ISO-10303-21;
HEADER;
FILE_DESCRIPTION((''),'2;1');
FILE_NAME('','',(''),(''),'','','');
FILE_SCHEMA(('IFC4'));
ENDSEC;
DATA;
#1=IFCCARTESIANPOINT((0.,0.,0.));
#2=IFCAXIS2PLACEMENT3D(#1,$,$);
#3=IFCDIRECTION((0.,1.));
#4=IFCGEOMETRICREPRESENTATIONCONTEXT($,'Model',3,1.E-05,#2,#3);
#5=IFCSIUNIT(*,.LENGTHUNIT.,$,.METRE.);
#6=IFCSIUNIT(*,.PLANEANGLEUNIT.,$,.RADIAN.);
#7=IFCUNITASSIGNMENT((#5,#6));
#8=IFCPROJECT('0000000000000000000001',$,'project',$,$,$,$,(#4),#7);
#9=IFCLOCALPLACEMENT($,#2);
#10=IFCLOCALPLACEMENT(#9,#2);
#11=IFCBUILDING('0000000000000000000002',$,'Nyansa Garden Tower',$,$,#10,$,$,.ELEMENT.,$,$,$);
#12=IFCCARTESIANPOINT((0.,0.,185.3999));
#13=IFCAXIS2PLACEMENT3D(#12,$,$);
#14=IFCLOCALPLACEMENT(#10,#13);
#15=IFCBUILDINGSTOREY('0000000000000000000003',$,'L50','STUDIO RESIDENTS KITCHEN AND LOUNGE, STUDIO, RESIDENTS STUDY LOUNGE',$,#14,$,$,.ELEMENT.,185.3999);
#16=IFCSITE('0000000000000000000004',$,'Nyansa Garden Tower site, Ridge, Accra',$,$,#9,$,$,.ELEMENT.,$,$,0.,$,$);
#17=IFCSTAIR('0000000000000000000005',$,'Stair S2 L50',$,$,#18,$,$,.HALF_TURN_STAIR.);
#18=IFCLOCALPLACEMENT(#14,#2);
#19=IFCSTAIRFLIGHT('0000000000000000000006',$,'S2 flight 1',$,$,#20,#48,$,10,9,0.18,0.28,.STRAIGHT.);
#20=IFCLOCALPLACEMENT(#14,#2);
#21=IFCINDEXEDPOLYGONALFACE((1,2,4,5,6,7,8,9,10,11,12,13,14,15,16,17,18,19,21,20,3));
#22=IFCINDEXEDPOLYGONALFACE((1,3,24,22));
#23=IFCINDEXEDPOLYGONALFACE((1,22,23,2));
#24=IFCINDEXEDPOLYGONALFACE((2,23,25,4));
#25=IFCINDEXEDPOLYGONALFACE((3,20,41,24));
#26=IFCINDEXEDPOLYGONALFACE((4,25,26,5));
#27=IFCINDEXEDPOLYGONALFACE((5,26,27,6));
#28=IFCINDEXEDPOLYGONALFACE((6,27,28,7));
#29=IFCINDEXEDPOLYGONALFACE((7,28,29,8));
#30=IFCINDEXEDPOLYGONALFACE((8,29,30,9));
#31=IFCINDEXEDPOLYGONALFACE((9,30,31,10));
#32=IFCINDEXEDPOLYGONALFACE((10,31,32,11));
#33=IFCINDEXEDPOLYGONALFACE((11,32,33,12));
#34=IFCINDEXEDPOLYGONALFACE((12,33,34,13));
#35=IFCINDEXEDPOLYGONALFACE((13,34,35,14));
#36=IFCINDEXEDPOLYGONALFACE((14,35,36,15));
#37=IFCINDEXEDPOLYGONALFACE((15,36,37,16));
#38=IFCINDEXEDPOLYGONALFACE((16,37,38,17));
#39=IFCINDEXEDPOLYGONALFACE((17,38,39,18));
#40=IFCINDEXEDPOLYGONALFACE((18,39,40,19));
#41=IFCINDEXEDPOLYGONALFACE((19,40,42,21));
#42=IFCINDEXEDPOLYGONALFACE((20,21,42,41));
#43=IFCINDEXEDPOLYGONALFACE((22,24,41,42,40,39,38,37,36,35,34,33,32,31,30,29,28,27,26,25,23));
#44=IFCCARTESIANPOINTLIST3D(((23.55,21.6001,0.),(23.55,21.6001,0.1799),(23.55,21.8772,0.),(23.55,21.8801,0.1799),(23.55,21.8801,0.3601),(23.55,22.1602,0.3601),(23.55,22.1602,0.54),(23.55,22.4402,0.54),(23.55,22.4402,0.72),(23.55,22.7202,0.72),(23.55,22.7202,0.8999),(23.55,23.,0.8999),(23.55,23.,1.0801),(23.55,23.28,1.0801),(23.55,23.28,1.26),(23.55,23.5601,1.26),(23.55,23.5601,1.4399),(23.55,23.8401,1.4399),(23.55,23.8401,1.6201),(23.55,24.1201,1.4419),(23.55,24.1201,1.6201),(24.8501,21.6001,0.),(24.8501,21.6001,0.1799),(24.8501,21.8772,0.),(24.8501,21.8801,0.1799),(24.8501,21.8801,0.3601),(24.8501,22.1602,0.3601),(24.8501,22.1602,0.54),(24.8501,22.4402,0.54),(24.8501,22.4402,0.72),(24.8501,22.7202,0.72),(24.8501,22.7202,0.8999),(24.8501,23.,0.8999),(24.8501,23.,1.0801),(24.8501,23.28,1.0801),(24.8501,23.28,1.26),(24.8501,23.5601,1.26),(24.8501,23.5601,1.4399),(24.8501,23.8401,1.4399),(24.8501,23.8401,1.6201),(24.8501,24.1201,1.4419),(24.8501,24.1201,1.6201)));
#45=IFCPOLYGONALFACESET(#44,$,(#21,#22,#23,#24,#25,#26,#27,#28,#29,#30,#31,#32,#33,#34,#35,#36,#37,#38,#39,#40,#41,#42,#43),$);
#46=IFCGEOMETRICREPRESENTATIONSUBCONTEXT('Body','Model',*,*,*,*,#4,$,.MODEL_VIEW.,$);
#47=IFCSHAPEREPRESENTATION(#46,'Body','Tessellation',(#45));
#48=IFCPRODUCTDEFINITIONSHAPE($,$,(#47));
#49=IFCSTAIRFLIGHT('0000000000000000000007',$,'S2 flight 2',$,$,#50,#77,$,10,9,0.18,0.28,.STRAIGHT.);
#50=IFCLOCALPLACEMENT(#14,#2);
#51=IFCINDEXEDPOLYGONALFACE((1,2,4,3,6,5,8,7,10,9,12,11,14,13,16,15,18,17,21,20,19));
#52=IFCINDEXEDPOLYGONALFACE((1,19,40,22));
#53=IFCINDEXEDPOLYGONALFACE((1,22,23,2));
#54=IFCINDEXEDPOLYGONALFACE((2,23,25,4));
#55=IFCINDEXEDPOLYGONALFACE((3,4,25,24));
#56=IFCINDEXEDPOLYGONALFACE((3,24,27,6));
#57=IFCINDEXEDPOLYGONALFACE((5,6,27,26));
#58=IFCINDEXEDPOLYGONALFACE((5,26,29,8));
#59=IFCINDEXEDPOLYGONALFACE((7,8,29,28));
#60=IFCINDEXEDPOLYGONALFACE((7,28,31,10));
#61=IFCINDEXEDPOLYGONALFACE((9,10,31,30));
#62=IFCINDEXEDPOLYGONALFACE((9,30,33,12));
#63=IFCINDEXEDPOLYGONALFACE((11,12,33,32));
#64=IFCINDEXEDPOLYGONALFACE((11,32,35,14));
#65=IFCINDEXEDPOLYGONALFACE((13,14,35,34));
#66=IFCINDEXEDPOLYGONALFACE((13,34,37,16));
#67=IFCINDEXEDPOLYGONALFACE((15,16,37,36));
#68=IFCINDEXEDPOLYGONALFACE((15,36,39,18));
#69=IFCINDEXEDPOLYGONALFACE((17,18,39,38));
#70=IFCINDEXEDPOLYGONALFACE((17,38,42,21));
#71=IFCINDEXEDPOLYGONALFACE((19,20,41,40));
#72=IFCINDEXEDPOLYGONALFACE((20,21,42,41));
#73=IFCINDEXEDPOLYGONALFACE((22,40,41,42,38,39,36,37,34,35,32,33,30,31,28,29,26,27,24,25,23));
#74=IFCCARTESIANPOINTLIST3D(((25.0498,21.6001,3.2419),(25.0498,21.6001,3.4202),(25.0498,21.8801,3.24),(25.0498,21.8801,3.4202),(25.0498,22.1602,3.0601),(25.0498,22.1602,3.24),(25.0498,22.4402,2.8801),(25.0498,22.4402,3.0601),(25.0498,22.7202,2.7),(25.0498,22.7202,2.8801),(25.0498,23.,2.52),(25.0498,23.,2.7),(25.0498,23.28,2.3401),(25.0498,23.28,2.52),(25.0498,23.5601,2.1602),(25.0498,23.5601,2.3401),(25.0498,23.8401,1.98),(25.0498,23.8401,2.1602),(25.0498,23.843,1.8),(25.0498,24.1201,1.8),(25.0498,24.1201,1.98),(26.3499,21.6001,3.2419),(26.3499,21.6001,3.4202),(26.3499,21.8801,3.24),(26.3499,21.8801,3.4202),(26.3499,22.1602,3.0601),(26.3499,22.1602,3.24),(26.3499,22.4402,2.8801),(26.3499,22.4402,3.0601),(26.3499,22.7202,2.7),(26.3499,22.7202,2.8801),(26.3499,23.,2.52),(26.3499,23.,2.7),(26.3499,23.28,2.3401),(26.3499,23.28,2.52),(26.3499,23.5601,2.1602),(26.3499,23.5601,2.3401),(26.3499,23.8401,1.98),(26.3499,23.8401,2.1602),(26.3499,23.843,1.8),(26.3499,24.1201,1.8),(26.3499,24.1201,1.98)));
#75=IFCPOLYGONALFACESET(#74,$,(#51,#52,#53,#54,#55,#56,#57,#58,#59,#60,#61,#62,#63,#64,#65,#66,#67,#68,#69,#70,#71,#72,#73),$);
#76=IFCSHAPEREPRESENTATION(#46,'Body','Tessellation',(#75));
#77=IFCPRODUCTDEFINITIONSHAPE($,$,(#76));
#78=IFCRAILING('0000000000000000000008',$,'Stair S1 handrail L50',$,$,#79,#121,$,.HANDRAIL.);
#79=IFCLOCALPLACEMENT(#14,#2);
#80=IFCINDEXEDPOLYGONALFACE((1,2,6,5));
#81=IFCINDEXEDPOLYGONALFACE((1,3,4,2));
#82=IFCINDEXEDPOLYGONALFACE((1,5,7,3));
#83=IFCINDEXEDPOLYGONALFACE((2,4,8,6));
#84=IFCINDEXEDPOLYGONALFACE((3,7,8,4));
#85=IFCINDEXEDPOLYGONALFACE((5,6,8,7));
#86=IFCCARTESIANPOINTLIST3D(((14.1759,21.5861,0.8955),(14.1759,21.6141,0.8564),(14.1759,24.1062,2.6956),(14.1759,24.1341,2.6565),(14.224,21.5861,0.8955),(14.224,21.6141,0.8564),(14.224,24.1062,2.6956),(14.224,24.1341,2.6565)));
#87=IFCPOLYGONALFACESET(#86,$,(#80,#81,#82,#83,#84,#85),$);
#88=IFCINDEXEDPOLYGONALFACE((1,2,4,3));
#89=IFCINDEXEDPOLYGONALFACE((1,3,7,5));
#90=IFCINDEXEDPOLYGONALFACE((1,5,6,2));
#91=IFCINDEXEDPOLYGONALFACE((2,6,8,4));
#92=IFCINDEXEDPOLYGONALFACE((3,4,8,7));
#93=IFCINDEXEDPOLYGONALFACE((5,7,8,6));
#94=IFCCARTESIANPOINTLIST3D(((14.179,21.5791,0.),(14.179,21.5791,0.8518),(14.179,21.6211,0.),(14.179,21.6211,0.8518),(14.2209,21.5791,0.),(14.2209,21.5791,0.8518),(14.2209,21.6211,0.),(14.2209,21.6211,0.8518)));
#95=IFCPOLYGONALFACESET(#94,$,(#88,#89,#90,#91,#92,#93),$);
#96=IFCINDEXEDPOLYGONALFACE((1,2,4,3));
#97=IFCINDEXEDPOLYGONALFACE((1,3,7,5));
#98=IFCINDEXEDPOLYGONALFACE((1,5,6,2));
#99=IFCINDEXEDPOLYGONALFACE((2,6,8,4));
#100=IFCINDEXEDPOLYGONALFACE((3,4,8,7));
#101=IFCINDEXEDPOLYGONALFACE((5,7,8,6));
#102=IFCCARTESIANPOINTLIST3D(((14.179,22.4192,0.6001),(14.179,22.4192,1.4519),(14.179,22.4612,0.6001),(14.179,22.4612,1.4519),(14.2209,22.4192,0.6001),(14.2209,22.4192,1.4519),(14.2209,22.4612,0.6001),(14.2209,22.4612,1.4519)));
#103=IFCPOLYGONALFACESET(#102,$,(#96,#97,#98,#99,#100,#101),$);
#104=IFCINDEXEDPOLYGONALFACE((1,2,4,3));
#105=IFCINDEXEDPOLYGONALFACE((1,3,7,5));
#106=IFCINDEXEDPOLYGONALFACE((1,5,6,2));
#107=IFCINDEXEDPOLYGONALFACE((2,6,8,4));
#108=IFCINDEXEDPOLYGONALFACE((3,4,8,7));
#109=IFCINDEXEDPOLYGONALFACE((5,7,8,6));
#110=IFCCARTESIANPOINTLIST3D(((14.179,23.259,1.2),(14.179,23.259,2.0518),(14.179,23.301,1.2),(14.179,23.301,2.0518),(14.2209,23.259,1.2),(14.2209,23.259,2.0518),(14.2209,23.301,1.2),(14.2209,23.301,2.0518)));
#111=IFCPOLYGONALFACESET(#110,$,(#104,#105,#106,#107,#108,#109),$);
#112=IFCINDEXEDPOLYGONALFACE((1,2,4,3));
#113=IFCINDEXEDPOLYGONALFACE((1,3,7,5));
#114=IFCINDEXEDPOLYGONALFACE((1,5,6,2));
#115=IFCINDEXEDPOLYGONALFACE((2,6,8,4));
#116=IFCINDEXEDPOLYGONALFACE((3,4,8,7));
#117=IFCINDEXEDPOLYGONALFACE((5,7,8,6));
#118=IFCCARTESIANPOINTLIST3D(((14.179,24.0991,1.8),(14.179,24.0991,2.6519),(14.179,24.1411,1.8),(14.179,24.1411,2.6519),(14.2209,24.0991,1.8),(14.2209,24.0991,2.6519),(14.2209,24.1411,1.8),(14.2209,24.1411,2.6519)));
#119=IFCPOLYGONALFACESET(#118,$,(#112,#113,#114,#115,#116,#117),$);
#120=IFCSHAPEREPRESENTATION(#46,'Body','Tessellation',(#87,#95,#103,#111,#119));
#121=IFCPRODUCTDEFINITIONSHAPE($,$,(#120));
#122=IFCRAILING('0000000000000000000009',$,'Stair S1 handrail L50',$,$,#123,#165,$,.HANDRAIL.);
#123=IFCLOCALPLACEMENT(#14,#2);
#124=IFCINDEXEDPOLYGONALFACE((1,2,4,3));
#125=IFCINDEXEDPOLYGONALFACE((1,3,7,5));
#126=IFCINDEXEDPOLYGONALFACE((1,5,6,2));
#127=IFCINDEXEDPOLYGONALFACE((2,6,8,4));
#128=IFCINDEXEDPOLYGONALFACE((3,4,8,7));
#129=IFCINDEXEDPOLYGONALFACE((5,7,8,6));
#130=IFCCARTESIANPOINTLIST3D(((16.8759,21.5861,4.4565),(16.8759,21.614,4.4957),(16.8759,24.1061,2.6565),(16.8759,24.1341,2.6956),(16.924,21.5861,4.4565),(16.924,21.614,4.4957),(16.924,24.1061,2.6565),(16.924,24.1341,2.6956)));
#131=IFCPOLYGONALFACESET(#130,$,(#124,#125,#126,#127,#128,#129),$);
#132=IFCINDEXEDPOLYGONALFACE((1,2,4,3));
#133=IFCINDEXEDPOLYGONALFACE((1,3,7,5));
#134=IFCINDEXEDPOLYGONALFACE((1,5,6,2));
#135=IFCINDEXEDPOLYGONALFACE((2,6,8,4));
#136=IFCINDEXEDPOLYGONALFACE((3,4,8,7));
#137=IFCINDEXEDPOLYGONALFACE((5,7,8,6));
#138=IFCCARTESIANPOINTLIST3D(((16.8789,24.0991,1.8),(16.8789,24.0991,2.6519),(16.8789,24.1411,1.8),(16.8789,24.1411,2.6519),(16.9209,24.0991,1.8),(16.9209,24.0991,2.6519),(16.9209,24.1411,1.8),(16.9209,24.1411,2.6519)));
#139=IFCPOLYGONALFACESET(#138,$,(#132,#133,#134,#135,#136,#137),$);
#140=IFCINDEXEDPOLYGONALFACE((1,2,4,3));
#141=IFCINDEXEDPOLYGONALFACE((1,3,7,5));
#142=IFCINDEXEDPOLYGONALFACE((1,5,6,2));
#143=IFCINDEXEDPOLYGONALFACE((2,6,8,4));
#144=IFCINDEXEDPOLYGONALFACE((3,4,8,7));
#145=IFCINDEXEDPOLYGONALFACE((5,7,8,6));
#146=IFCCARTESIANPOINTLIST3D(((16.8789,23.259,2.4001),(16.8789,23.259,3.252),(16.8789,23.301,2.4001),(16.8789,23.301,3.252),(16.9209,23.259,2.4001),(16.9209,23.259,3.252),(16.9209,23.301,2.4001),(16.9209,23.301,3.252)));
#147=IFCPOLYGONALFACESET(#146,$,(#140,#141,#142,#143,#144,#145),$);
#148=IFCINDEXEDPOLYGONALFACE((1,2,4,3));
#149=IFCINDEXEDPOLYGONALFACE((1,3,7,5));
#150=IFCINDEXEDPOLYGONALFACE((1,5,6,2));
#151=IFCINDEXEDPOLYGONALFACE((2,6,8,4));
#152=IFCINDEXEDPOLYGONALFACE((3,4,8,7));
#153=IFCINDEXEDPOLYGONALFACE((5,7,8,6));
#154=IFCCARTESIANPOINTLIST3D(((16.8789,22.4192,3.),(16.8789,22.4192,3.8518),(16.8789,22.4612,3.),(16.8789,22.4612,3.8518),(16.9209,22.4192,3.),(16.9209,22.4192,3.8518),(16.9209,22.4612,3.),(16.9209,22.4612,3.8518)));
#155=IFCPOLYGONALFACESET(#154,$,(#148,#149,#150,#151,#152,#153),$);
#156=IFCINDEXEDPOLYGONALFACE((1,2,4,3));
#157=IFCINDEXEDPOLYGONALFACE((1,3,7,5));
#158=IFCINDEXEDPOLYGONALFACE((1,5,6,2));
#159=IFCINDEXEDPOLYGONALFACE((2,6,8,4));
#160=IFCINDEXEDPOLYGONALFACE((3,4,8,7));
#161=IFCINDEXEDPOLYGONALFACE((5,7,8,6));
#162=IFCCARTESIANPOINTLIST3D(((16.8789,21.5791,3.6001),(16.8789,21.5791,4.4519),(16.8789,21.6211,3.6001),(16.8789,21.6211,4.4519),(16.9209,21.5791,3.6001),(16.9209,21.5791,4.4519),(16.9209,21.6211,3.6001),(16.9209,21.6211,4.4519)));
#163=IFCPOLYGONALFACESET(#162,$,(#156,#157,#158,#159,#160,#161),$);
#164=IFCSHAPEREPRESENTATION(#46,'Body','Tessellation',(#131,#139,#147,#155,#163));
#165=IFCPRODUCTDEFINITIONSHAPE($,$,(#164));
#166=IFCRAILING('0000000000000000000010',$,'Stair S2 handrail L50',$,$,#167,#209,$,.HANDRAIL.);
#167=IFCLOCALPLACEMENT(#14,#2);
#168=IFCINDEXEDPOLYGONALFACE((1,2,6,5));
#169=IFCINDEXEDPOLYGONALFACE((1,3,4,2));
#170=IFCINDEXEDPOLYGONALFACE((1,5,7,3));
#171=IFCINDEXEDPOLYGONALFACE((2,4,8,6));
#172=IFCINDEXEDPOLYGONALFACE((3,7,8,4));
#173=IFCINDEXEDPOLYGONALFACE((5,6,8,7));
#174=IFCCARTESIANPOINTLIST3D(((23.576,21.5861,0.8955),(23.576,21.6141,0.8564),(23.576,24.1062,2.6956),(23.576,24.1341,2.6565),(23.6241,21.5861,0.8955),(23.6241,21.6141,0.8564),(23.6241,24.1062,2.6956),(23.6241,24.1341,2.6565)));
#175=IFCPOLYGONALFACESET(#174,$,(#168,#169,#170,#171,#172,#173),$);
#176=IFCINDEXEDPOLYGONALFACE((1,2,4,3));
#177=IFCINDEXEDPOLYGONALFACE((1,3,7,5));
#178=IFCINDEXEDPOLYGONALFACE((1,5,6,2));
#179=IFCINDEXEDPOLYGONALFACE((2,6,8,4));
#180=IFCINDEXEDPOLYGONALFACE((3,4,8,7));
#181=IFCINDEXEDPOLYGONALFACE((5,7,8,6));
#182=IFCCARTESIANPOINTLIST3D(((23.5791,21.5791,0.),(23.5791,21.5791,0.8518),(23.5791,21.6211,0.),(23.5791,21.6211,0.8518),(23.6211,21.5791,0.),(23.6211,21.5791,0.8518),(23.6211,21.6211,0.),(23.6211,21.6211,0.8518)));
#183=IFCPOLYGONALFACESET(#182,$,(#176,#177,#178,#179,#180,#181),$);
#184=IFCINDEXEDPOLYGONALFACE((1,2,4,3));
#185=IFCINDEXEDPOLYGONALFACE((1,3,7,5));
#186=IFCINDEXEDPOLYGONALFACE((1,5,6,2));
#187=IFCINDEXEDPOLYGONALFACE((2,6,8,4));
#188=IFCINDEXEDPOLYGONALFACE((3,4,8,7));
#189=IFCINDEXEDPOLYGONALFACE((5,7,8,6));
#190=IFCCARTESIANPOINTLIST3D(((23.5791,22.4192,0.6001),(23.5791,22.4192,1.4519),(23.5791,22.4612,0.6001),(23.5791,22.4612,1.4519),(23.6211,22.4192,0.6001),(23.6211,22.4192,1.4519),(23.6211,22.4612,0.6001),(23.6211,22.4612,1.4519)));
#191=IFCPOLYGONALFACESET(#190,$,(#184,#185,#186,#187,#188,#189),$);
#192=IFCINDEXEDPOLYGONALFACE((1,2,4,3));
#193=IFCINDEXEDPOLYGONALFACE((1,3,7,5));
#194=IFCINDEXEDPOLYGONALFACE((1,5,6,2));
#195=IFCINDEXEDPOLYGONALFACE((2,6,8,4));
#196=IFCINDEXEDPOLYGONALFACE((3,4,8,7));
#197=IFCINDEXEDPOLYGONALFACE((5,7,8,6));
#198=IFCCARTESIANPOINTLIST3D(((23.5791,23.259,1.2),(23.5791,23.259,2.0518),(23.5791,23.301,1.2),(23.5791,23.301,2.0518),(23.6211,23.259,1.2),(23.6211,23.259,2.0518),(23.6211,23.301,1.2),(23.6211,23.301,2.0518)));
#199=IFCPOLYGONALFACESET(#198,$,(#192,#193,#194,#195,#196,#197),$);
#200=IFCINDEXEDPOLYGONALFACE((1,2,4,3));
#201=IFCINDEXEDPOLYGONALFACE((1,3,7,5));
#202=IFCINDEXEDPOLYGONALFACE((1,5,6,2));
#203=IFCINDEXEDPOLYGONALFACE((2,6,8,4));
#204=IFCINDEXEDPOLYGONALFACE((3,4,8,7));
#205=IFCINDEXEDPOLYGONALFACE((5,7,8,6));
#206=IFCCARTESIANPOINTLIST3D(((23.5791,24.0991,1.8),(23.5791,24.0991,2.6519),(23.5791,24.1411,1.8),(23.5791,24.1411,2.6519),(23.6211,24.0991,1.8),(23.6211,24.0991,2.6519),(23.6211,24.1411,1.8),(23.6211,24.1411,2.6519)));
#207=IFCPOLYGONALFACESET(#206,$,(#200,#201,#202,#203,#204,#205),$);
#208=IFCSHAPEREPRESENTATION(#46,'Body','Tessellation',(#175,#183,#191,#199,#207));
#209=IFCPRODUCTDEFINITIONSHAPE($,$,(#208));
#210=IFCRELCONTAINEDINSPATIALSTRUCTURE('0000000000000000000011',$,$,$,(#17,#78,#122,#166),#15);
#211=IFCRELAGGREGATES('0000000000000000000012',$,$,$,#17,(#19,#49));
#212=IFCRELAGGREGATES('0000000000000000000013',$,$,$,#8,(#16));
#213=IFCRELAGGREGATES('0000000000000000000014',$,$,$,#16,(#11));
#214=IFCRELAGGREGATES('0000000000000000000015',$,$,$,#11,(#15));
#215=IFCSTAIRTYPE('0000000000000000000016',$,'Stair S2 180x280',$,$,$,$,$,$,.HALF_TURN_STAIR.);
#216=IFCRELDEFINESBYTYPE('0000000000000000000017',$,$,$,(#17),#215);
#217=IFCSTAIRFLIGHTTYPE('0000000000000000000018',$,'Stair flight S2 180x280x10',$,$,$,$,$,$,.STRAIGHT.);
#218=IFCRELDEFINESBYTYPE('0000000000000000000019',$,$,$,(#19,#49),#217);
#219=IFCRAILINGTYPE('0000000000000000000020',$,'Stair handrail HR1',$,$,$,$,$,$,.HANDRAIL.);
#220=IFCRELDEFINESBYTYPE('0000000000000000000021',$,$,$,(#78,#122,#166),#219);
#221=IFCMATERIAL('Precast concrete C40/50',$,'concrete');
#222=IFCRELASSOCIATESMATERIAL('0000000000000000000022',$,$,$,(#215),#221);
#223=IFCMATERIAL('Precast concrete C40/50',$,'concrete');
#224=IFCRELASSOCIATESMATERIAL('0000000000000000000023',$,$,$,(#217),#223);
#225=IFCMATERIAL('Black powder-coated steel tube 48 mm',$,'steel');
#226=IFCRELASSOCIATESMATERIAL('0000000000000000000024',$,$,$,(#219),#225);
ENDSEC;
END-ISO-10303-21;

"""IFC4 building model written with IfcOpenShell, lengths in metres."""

from ifc_helpers import new_model, si_unit, direction, frame, origin, origin_2d, place, context, subcontext, project, spatial, polyline, rectangle, outline, extrude, material, type_object, element, aggregate, save


model = new_model("IFC4")

# Units and contexts
model_context = context("Model", 3, precision=1e-05, world=origin(), true_north=direction((0.0, 1.0)))
body_context = subcontext(model_context, "Body", "Model", "MODEL_VIEW")
ifc_project = project(units=[si_unit("LENGTHUNIT", "METRE"), si_unit("PLANEANGLEUNIT", "RADIAN")], contexts=[model_context])

# Site, building, storey
site_placement = place(None, origin())
site = spatial("IfcSite", under=ifc_project, at=site_placement, Name="Nyansa Garden Tower site, Ridge, Accra", CompositionType="ELEMENT", RefElevation=0.0)
building_placement = place(site_placement, origin())
building = spatial("IfcBuilding", under=site, at=building_placement, Name="Nyansa Garden Tower", CompositionType="ELEMENT")
storey_placement = place(building_placement, frame((0.0, 0.0, 185.3999)))
storey = spatial("IfcBuildingStorey", under=building, at=storey_placement, Name="L50", Description="STUDIO RESIDENTS KITCHEN AND LOUNGE, STUDIO, RESIDENTS STUDY LOUNGE", CompositionType="ELEMENT", Elevation=185.3999)

# Stair, stair flights
ifc_material_1 = material(Name="Precast concrete C40/50", Category="concrete")
stair_type_1 = type_object("IfcStairType", Name="Stair S2 180x280", PredefinedType="HALF_TURN_STAIR", material=ifc_material_1)
stair_1_placement = place(storey_placement, origin())
stair_1 = element("IfcStair", 1, at=stair_1_placement, inside=storey, type_object=stair_type_1, Name="Stair S2 L50", PredefinedType="HALF_TURN_STAIR")
ifc_material_2 = material(Name="Precast concrete C40/50", Category="concrete")
stair_flight_type_1 = type_object("IfcStairFlightType", Name="Stair flight S2 180x280x10", PredefinedType="STRAIGHT", material=ifc_material_2)
stair_flight_1_placement = place(storey_placement, frame((24.2, 21.6001, 0.0), z_axis=(0.0, 0.0, 1.0), x_axis=(0.0, 1.0, 0.0)))
stair_flight_1 = element("IfcStairFlight", 2, at=stair_flight_1_placement, type_object=stair_flight_type_1, Name="S2 flight 1", NumberOfRisers=10, NumberOfTreads=9, PredefinedType="STRAIGHT", RiserHeight=0.18, TreadLength=0.28, context=body_context, shape_type="SweptSolid", body=[
    extrude(outline(polyline([(0.0, 0.0), (0.0, 0.1799), (0.28, 0.1799), (0.28, 0.3601), (0.5601, 0.3601), (0.5601, 0.54), (0.8401, 0.54), (0.8401, 0.72), (1.1201, 0.72), (1.1201, 0.8999), (1.3999, 0.8999), (1.3999, 1.0801), (1.6799, 1.0801), (1.6799, 1.26), (1.96, 1.26), (1.96, 1.4399), (2.24, 1.4399), (2.24, 1.6201), (2.52, 1.6201), (2.52, 1.8), (2.52, 1.4419), (0.2771, 0.0), (0.0, 0.0)])), frame((0.0, 0.6499, 0.0), z_axis=(0.0, -1.0, 0.0), x_axis=(1.0, 0.0, 0.0)), (0.0, 0.0, 1.0), 1.3),
])
stair_flight_2_placement = place(storey_placement, frame((25.7, 24.1201, 1.8), z_axis=(0.0, 0.0, 1.0), x_axis=(0.0, -1.0, 0.0)))
stair_flight_2 = element("IfcStairFlight", 3, at=stair_flight_2_placement, type_object=stair_flight_type_1, Name="S2 flight 2", NumberOfRisers=10, NumberOfTreads=9, PredefinedType="STRAIGHT", RiserHeight=0.18, TreadLength=0.28, context=body_context, shape_type="SweptSolid", body=[
    extrude(outline(polyline([(0.0, 0.0), (0.0, 0.1799), (0.28, 0.1799), (0.28, 0.3601), (0.5601, 0.3601), (0.5601, 0.54), (0.8401, 0.54), (0.8401, 0.72), (1.1201, 0.72), (1.1201, 0.8999), (1.3999, 0.8999), (1.3999, 1.0801), (1.6799, 1.0801), (1.6799, 1.26), (1.96, 1.26), (1.96, 1.4399), (2.24, 1.4399), (2.24, 1.6201), (2.52, 1.6201), (2.52, 1.8), (2.52, 1.4419), (0.2771, 0.0), (0.0, 0.0)])), frame((0.0, 0.6499, 0.0), z_axis=(0.0, -1.0, 0.0), x_axis=(1.0, 0.0, 0.0)), (0.0, 0.0, 1.0), 1.3),
])
aggregate(stair_1, [stair_flight_1, stair_flight_2])

# Railings
ifc_material_3 = material(Name="Black powder-coated steel tube 48 mm", Category="steel")
railing_type = type_object("IfcRailingType", Name="Stair handrail HR1", PredefinedType="HANDRAIL", material=ifc_material_3)
railing_1_placement = place(storey_placement, frame((14.2, 21.6001, 0.0)))
element("IfcRailing", 4, at=railing_1_placement, inside=storey, type_object=railing_type, Name="Stair S1 handrail L50", PredefinedType="HANDRAIL", context=body_context, shape_type="SweptSolid", body=[
    extrude(rectangle(XDim=0.0481, YDim=0.0481, at=origin_2d()), frame((0.0, 0.0, 0.876), z_axis=(0.0, 0.813728, 0.581246), x_axis=(-1.0, 0.0, 0.0)), (0.0, 0.0, 1.0), 3.0969),
    extrude(rectangle(XDim=0.042, YDim=0.042, at=origin_2d()), origin(), (0.0, 0.0, 1.0), 0.8518),
    extrude(rectangle(XDim=0.042, YDim=0.042, at=origin_2d()), frame((0.0, 0.8401, 0.6001)), (0.0, 0.0, 1.0), 0.8518),
    extrude(rectangle(XDim=0.042, YDim=0.042, at=origin_2d()), frame((0.0, 1.6799, 1.2)), (0.0, 0.0, 1.0), 0.8518),
    extrude(rectangle(XDim=0.042, YDim=0.042, at=origin_2d()), frame((0.0, 2.52, 1.8)), (0.0, 0.0, 1.0), 0.8518),
])
railing_2_placement = place(storey_placement, frame((16.8999, 24.1201, 1.8)))
element("IfcRailing", 5, at=railing_2_placement, inside=storey, type_object=railing_type, Name="Stair S1 handrail L50", PredefinedType="HANDRAIL", context=body_context, shape_type="SweptSolid", body=[
    extrude(rectangle(XDim=0.0481, YDim=0.0481, at=origin_2d()), frame((0.0, 0.0, 0.876), z_axis=(0.0, -0.813728, 0.581246), x_axis=(1.0, 0.0, 0.0)), (0.0, 0.0, 1.0), 3.0969),
    extrude(rectangle(XDim=0.042, YDim=0.042, at=origin_2d()), origin(), (0.0, 0.0, 1.0), 0.8518),
    extrude(rectangle(XDim=0.042, YDim=0.042, at=origin_2d()), frame((0.0, -0.8401, 0.6001)), (0.0, 0.0, 1.0), 0.8518),
    extrude(rectangle(XDim=0.042, YDim=0.042, at=origin_2d()), frame((0.0, -1.6799, 1.2)), (0.0, 0.0, 1.0), 0.8518),
    extrude(rectangle(XDim=0.042, YDim=0.042, at=origin_2d()), frame((0.0, -2.52, 1.8)), (0.0, 0.0, 1.0), 0.8518),
])
railing_3_placement = place(storey_placement, frame((23.6001, 21.6001, 0.0)))
element("IfcRailing", 6, at=railing_3_placement, inside=storey, type_object=railing_type, Name="Stair S2 handrail L50", PredefinedType="HANDRAIL", context=body_context, shape_type="SweptSolid", body=[
    extrude(rectangle(XDim=0.0481, YDim=0.0481, at=origin_2d()), frame((0.0, 0.0, 0.876), z_axis=(0.0, 0.813728, 0.581246), x_axis=(-1.0, 0.0, 0.0)), (0.0, 0.0, 1.0), 3.0969),
    extrude(rectangle(XDim=0.042, YDim=0.042, at=origin_2d()), origin(), (0.0, 0.0, 1.0), 0.8518),
    extrude(rectangle(XDim=0.042, YDim=0.042, at=origin_2d()), frame((0.0, 0.8401, 0.6001)), (0.0, 0.0, 1.0), 0.8518),
    extrude(rectangle(XDim=0.042, YDim=0.042, at=origin_2d()), frame((0.0, 1.6799, 1.2)), (0.0, 0.0, 1.0), 0.8518),
    extrude(rectangle(XDim=0.042, YDim=0.042, at=origin_2d()), frame((0.0, 2.52, 1.8)), (0.0, 0.0, 1.0), 0.8518),
])

save(model, "model.ifc")
